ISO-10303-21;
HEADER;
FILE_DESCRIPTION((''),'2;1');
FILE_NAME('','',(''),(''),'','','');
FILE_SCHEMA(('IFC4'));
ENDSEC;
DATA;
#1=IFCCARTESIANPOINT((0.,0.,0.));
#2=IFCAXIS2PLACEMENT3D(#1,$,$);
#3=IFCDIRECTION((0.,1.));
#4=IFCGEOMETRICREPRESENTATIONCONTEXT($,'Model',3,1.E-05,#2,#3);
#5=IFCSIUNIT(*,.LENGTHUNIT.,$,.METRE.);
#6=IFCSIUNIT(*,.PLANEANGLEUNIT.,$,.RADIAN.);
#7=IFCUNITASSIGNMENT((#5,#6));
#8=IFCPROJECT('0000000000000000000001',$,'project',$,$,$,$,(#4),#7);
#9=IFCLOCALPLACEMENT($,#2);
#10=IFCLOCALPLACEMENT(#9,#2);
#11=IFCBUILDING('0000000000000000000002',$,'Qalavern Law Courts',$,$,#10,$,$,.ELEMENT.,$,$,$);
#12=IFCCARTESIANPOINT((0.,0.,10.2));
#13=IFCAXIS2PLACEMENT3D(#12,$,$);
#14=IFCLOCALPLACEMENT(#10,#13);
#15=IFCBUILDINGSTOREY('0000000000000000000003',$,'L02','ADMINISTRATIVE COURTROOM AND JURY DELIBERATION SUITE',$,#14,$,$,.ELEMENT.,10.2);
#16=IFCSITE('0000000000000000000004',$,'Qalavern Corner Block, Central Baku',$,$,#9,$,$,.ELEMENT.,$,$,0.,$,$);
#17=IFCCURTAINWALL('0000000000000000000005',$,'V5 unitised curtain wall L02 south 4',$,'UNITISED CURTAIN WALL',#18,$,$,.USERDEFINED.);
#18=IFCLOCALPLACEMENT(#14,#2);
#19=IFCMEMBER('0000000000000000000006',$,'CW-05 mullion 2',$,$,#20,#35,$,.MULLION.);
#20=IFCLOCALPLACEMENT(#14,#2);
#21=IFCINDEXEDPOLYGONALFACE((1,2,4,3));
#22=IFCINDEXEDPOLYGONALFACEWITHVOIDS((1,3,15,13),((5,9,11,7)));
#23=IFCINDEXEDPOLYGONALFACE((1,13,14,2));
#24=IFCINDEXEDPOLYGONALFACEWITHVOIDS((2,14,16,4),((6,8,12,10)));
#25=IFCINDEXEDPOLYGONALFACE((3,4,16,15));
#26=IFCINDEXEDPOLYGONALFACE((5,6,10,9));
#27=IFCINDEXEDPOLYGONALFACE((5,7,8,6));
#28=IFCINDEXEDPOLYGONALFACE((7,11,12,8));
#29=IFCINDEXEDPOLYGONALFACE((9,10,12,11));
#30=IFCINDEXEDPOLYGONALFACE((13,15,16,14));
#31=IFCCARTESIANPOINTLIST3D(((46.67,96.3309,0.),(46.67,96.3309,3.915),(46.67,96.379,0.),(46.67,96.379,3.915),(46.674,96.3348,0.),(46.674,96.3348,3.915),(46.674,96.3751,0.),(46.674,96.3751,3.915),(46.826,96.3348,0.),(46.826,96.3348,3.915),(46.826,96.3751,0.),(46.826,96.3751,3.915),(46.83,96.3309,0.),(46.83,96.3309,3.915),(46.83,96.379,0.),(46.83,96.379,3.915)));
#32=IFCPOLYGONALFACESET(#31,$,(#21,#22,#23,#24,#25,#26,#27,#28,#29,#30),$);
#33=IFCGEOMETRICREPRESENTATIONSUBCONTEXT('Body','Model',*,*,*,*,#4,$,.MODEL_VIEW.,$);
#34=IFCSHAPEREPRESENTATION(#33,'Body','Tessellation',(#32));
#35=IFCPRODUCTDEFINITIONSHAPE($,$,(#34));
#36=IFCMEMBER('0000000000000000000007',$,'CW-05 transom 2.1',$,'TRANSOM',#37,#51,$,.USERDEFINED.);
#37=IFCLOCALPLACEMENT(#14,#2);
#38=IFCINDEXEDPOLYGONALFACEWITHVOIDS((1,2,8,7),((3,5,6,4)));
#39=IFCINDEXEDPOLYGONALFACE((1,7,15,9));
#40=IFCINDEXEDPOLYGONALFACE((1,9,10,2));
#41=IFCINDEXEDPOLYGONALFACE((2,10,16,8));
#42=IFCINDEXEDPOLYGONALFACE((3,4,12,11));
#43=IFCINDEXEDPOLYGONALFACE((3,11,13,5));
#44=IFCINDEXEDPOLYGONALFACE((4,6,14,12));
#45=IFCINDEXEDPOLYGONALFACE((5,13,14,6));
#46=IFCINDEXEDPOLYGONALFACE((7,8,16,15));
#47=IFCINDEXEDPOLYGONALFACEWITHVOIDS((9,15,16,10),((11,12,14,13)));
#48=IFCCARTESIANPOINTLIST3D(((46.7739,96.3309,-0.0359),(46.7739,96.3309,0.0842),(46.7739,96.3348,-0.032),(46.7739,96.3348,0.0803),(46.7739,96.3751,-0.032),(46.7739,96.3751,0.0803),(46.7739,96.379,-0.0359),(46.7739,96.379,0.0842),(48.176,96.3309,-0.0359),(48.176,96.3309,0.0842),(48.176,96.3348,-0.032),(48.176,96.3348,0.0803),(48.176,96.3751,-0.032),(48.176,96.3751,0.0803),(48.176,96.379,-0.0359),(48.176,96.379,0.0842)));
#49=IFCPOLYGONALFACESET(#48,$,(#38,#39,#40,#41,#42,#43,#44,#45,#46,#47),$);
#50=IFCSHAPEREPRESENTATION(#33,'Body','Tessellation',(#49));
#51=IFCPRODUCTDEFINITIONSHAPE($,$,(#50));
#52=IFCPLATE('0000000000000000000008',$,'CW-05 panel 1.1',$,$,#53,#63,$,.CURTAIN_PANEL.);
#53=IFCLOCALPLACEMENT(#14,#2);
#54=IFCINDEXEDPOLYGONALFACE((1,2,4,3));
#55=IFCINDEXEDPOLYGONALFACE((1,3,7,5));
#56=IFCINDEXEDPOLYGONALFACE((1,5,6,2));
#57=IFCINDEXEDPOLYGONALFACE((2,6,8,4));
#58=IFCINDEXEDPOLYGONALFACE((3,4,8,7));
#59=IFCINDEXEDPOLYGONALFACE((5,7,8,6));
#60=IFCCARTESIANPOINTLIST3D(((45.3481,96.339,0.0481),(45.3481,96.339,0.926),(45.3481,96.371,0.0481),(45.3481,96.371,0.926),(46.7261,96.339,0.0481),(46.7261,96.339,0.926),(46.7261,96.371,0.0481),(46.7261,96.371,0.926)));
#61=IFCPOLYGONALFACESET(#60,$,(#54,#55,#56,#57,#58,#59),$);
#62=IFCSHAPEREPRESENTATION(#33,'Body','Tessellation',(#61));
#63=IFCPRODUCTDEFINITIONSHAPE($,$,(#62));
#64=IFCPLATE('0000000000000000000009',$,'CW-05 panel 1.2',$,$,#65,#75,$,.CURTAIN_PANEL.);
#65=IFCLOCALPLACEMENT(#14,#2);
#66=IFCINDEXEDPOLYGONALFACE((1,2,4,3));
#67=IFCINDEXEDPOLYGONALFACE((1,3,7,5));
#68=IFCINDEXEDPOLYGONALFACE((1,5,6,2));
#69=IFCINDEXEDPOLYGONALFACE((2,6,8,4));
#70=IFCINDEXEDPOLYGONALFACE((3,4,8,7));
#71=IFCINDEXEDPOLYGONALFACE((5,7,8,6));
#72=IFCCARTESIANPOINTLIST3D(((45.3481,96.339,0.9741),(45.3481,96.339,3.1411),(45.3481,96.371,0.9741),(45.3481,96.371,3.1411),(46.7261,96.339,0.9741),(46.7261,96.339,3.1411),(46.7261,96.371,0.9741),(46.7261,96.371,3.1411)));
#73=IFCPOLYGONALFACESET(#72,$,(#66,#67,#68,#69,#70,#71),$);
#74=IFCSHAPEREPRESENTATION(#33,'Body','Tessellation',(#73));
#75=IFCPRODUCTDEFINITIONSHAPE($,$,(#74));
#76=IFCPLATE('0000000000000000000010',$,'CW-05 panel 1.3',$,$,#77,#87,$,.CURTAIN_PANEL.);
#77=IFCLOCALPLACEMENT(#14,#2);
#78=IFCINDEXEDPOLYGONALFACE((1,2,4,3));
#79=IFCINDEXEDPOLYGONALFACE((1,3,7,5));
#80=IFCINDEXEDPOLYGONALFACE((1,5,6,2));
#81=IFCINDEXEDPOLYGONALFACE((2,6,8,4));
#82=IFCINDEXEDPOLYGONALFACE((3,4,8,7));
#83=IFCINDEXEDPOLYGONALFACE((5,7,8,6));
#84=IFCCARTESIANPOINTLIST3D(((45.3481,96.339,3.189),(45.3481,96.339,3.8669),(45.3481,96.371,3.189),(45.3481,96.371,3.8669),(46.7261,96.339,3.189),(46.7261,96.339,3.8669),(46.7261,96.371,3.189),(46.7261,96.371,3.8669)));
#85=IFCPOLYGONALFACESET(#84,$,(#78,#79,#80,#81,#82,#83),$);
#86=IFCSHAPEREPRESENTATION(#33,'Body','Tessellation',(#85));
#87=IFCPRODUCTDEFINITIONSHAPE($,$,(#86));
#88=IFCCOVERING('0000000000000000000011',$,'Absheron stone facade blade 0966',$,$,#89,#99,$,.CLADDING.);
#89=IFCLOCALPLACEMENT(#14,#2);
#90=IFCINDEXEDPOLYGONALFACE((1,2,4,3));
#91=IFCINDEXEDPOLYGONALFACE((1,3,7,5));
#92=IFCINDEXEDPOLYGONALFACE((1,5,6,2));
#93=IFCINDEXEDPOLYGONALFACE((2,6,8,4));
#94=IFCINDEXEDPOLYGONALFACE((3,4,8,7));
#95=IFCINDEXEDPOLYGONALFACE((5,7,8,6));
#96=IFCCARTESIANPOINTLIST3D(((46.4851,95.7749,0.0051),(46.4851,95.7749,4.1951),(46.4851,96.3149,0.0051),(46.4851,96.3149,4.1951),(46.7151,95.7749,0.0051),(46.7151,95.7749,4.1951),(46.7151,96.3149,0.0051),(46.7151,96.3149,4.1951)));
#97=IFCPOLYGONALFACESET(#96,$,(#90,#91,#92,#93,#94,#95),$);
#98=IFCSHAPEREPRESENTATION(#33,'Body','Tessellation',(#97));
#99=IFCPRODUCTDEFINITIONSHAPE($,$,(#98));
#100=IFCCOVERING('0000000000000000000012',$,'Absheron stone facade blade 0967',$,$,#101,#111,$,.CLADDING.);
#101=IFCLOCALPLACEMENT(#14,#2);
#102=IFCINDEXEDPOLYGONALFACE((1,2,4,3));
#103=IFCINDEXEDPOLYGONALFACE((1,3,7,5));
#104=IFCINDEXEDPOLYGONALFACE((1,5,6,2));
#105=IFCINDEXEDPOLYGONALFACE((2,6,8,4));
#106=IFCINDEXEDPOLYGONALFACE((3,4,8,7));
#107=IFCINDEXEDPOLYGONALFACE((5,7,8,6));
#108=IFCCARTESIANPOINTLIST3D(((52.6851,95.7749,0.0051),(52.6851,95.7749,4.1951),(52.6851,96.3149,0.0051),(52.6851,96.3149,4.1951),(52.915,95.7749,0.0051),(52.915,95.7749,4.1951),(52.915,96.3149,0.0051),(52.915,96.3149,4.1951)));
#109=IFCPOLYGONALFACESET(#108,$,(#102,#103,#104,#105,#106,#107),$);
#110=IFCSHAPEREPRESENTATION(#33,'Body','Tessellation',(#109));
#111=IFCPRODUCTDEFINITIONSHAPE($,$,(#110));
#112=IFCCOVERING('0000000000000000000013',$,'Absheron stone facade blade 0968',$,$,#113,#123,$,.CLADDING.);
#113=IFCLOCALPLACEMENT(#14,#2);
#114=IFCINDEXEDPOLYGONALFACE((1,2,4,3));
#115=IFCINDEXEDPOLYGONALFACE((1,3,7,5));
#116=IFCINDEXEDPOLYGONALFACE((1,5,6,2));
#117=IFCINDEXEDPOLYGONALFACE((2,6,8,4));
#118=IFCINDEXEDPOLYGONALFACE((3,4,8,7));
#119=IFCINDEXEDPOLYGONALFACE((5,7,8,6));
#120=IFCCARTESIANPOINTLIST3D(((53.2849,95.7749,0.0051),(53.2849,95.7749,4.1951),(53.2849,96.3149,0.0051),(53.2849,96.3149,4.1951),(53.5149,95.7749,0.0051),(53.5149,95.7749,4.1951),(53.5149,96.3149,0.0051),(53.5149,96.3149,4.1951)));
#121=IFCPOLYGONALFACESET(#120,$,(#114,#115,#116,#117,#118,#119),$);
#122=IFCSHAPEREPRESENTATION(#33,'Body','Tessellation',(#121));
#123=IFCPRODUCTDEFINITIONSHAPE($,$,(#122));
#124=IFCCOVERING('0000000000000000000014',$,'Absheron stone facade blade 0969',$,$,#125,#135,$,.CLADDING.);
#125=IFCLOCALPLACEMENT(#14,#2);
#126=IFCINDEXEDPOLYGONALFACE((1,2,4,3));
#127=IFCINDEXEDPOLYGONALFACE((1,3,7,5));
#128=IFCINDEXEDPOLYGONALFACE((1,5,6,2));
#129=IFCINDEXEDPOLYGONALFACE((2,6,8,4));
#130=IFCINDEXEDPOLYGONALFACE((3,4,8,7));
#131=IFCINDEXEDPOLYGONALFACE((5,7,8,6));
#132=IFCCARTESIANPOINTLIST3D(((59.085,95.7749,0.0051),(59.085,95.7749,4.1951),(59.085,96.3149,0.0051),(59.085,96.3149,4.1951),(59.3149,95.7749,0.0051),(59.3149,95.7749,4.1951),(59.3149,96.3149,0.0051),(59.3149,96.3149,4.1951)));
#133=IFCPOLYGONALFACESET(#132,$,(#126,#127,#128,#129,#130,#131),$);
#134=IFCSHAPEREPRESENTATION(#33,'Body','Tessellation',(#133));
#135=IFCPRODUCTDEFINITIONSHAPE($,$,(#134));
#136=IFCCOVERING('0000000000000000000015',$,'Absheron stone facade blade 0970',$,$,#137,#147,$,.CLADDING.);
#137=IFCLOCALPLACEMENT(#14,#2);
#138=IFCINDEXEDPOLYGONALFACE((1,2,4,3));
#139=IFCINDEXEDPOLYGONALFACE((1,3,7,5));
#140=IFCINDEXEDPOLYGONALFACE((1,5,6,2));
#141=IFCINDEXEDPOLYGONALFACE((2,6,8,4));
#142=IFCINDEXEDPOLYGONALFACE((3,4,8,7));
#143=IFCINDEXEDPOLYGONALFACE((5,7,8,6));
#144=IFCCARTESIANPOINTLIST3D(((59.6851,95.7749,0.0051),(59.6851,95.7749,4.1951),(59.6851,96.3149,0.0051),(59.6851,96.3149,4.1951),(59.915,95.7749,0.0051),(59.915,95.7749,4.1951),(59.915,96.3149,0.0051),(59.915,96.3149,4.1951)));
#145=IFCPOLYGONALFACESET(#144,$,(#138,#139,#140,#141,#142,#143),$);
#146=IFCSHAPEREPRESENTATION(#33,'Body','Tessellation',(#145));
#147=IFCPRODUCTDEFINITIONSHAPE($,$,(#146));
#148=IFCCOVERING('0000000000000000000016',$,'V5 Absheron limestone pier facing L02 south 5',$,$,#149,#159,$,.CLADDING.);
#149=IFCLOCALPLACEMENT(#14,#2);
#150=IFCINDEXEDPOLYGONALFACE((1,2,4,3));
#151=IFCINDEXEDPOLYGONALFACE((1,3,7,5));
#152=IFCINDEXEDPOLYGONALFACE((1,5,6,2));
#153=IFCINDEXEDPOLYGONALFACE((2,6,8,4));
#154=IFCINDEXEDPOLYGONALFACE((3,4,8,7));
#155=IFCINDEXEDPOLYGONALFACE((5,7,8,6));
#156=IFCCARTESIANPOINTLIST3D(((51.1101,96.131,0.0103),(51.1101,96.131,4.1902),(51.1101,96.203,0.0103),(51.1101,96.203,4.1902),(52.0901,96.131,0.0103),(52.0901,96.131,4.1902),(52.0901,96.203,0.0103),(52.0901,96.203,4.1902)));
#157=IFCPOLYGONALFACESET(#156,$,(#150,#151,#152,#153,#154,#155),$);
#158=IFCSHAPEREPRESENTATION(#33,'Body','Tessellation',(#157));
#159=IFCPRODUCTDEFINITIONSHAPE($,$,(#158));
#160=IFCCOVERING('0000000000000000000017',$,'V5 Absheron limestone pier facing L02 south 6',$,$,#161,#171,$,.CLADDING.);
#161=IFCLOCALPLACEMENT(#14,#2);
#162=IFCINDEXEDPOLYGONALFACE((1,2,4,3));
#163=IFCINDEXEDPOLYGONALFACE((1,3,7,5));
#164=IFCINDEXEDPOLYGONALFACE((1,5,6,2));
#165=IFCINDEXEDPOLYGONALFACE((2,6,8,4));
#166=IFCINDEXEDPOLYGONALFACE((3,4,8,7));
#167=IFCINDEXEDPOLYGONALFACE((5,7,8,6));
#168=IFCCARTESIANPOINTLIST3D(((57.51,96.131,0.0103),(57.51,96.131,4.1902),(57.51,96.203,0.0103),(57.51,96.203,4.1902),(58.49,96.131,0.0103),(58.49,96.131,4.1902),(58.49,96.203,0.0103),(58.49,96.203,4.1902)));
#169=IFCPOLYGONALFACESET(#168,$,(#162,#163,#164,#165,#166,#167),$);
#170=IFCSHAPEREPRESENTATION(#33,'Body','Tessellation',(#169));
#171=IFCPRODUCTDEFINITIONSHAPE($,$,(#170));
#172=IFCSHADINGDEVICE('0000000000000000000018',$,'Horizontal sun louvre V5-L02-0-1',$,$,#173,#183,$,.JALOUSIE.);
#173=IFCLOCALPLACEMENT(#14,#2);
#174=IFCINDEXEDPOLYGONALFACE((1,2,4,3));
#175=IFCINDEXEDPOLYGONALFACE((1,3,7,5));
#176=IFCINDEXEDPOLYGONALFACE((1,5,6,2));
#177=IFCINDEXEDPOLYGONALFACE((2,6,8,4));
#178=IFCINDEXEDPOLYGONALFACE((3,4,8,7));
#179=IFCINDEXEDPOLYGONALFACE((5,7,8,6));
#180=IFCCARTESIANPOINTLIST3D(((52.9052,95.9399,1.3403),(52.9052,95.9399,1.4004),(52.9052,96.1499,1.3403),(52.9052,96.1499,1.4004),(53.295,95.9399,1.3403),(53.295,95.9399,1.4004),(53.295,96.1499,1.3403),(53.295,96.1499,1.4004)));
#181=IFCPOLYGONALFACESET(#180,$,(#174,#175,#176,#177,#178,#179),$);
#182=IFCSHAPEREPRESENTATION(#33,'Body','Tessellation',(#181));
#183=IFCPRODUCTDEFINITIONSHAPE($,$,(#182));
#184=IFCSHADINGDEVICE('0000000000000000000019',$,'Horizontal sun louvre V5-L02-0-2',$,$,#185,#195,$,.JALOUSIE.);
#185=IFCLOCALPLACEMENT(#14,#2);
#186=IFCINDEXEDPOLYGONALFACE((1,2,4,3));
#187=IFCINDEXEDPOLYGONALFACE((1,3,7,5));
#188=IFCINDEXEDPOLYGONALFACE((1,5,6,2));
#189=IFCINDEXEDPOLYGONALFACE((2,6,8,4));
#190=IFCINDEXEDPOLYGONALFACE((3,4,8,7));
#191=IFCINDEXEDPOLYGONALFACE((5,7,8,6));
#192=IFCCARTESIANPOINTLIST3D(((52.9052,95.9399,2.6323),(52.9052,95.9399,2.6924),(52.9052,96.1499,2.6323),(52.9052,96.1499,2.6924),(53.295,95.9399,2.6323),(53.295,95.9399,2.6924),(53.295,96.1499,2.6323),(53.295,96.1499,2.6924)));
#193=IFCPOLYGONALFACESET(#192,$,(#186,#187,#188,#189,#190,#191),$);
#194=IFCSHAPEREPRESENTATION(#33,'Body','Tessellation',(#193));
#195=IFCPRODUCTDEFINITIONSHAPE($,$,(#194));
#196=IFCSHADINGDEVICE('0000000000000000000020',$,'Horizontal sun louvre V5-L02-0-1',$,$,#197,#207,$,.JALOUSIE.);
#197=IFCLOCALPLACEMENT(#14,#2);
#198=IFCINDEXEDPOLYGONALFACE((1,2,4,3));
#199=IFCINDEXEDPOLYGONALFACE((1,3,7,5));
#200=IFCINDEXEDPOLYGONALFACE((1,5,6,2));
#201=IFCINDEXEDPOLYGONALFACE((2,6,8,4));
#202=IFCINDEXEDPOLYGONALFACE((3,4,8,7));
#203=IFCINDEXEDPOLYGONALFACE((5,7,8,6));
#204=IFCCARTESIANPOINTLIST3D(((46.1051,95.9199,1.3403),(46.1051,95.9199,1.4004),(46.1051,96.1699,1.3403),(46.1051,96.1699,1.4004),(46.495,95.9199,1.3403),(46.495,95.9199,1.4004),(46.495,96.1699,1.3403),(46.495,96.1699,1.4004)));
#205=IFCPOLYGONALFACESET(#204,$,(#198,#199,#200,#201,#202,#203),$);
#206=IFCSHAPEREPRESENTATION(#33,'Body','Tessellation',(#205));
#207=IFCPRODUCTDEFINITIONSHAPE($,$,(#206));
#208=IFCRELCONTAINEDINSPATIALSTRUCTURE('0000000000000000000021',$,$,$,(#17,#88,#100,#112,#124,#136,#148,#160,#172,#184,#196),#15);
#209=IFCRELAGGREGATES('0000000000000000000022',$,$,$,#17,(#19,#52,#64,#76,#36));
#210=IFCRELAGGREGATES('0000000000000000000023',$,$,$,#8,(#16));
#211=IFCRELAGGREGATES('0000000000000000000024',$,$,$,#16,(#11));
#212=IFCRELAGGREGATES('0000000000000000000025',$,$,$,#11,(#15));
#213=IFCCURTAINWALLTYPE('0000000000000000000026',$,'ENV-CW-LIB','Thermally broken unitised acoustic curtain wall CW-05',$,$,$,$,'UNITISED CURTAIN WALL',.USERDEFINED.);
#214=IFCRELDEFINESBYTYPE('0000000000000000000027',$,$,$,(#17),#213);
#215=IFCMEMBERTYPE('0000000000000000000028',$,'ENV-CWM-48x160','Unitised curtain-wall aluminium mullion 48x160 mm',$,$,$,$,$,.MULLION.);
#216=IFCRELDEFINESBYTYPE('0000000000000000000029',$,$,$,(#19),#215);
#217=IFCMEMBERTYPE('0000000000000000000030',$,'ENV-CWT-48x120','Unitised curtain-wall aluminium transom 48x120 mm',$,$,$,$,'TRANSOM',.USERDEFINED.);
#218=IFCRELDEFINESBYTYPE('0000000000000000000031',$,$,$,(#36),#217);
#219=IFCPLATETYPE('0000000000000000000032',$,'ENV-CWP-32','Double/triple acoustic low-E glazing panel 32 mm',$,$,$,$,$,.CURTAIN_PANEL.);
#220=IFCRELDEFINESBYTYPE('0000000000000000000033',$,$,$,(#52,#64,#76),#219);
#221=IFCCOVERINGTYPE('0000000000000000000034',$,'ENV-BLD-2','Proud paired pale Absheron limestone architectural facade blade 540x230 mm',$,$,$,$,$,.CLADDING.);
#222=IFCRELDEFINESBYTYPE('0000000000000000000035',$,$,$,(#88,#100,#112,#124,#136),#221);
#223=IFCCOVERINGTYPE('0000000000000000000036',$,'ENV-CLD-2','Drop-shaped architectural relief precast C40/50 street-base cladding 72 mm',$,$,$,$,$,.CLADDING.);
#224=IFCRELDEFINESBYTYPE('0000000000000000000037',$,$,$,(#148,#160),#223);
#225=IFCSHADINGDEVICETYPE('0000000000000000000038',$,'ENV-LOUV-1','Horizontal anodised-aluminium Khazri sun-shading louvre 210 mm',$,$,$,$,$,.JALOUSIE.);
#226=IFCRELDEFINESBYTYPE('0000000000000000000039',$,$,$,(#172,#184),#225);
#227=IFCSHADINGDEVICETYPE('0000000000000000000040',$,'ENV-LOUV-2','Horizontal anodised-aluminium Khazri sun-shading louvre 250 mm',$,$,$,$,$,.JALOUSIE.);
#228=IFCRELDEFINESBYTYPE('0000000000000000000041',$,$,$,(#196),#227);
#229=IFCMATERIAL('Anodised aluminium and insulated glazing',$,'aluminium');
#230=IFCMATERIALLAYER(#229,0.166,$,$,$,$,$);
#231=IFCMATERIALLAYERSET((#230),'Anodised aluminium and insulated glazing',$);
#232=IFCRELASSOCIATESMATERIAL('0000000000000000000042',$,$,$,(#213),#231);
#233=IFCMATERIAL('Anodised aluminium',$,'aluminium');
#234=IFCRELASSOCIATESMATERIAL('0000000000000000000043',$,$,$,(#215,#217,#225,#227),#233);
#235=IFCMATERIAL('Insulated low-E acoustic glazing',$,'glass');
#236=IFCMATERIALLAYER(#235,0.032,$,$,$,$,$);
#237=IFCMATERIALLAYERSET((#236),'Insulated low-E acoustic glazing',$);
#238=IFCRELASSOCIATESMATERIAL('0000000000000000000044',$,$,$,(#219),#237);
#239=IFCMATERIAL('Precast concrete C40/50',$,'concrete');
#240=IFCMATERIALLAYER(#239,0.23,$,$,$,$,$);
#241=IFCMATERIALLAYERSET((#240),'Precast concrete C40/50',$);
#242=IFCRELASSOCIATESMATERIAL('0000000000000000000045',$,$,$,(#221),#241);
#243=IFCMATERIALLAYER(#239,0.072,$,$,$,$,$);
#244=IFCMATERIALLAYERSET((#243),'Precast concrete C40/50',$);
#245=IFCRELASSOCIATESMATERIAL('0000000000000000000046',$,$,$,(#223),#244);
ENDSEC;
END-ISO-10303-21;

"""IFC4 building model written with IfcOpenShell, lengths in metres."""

from ifc_helpers import new_model, si_unit, direction, frame, origin, origin_2d, place, context, subcontext, project, spatial, rectangle, hollow_rectangle, extrude, material, layer, layer_set, material_profile, profile_set, type_object, element, aggregate, save


model = new_model("IFC4")

# Units and contexts
model_context = context("Model", 3, precision=1e-05, world=origin(), true_north=direction((0.0, 1.0)))
body_context = subcontext(model_context, "Body", "Model", "MODEL_VIEW")
ifc_project = project(units=[si_unit("LENGTHUNIT", "METRE"), si_unit("PLANEANGLEUNIT", "RADIAN")], contexts=[model_context])

# Site, building, storey
site_placement = place(None, origin())
site = spatial("IfcSite", under=ifc_project, at=site_placement, Name="Qalavern Corner Block, Central Baku", CompositionType="ELEMENT", RefElevation=0.0)
building_placement = place(site_placement, origin())
building = spatial("IfcBuilding", under=site, at=building_placement, Name="Qalavern Law Courts", CompositionType="ELEMENT")
storey_placement = place(building_placement, frame((0.0, 0.0, 10.2)))
storey = spatial("IfcBuildingStorey", under=building, at=storey_placement, Name="L02", Description="ADMINISTRATIVE COURTROOM AND JURY DELIBERATION SUITE", CompositionType="ELEMENT", Elevation=10.2)

# Curtain wall, members, plates
ifc_material_1 = material(Name="Anodised aluminium and insulated glazing", Category="aluminium")
ifc_layer_1 = layer(ifc_material_1, 0.166)
ifc_layer_set_1 = layer_set([ifc_layer_1], Name="Anodised aluminium and insulated glazing")
curtain_wall_type = type_object("IfcCurtainWallType", Name="ENV-CW-LIB", Description="Thermally broken unitised acoustic curtain wall CW-05", ElementType="UNITISED CURTAIN WALL", PredefinedType="USERDEFINED", material=ifc_layer_set_1)
curtain_wall_placement = place(storey_placement, origin())
curtain_wall = element("IfcCurtainWall", 1, at=curtain_wall_placement, inside=storey, type_object=curtain_wall_type, Name="V5 unitised curtain wall L02 south 4", ObjectType="UNITISED CURTAIN WALL", PredefinedType="USERDEFINED")
ifc_material_2 = material(Name="Anodised aluminium", Category="aluminium")
ifc_material_profile_1 = material_profile(ifc_material_2, hollow_rectangle(XDim=0.0481, YDim=0.1599, WallThickness=0.0039, at=origin_2d()), Name="ALU MULLION 48x160")
ifc_profile_set_1 = profile_set([ifc_material_profile_1], Name="Anodised aluminium")
member_type_1 = type_object("IfcMemberType", Name="ENV-CWM-48x160", Description="Unitised curtain-wall aluminium mullion 48x160 mm", PredefinedType="MULLION", material=ifc_profile_set_1)
member_1_placement = place(storey_placement, frame((46.75, 96.355, 0.0), z_axis=(0.0, 0.0, 1.0), x_axis=(0.0, 1.0, 0.0)))
member_1 = element("IfcMember", 2, at=member_1_placement, type_object=member_type_1, Name="CW-05 mullion 2", PredefinedType="MULLION", context=body_context, shape_type="SweptSolid", body=[
    extrude(hollow_rectangle(XDim=0.0481, YDim=0.1599, WallThickness=0.0039, at=origin_2d()), origin(), (0.0, 0.0, 1.0), 3.915),
])
ifc_material_profile_2 = material_profile(ifc_material_2, hollow_rectangle(XDim=0.0481, YDim=0.1201, WallThickness=0.0039, at=origin_2d()), Name="ALU TRANSOM 48x120")
ifc_profile_set_2 = profile_set([ifc_material_profile_2], Name="Anodised aluminium")
member_type_2 = type_object("IfcMemberType", Name="ENV-CWT-48x120", Description="Unitised curtain-wall aluminium transom 48x120 mm", ElementType="TRANSOM", PredefinedType="USERDEFINED", material=ifc_profile_set_2)
member_2_placement = place(storey_placement, frame((46.7739, 96.355, 0.0242), z_axis=(1.0, 0.0, 0.0), x_axis=(0.0, 1.0, 0.0)))
member_2 = element("IfcMember", 3, at=member_2_placement, type_object=member_type_2, Name="CW-05 transom 2.1", ObjectType="TRANSOM", PredefinedType="USERDEFINED", context=body_context, shape_type="SweptSolid", body=[
    extrude(hollow_rectangle(XDim=0.0481, YDim=0.1201, WallThickness=0.0039, at=origin_2d()), origin(), (0.0, 0.0, 1.0), 1.4021),
])
ifc_material_3 = material(Name="Insulated low-E acoustic glazing", Category="glass")
ifc_layer_2 = layer(ifc_material_3, 0.032)
ifc_layer_set_2 = layer_set([ifc_layer_2], Name="Insulated low-E acoustic glazing")
plate_type = type_object("IfcPlateType", Name="ENV-CWP-32", Description="Double/triple acoustic low-E glazing panel 32 mm", PredefinedType="CURTAIN_PANEL", material=ifc_layer_set_2)
plate_1_placement = place(storey_placement, frame((46.0371, 96.355, 0.0481), z_axis=(0.0, 0.0, 1.0), x_axis=(1.0, 0.0, 0.0)))
plate_1 = element("IfcPlate", 4, at=plate_1_placement, type_object=plate_type, Name="CW-05 panel 1.1", PredefinedType="CURTAIN_PANEL", context=body_context, shape_type="SweptSolid", body=[
    extrude(rectangle(XDim=1.3779, YDim=0.032, at=origin_2d()), origin(), (0.0, 0.0, 1.0), 0.8779),
])
plate_2_placement = place(storey_placement, frame((46.0371, 96.355, 0.9741), z_axis=(0.0, 0.0, 1.0), x_axis=(1.0, 0.0, 0.0)))
plate_2 = element("IfcPlate", 5, at=plate_2_placement, type_object=plate_type, Name="CW-05 panel 1.2", PredefinedType="CURTAIN_PANEL", context=body_context, shape_type="SweptSolid", body=[
    extrude(rectangle(XDim=1.3779, YDim=0.032, at=origin_2d()), origin(), (0.0, 0.0, 1.0), 2.167),
])
plate_3_placement = place(storey_placement, frame((46.0371, 96.355, 3.189), z_axis=(0.0, 0.0, 1.0), x_axis=(1.0, 0.0, 0.0)))
plate_3 = element("IfcPlate", 6, at=plate_3_placement, type_object=plate_type, Name="CW-05 panel 1.3", PredefinedType="CURTAIN_PANEL", context=body_context, shape_type="SweptSolid", body=[
    extrude(rectangle(XDim=1.3779, YDim=0.032, at=origin_2d()), origin(), (0.0, 0.0, 1.0), 0.678),
])
aggregate(curtain_wall, [member_1, plate_1, plate_2, plate_3, member_2])

# Coverings
ifc_material_4 = material(Name="Precast concrete C40/50", Category="concrete")
ifc_layer_3 = layer(ifc_material_4, 0.23)
ifc_layer_set_3 = layer_set([ifc_layer_3], Name="Precast concrete C40/50")
covering_type_1 = type_object("IfcCoveringType", Name="ENV-BLD-2", Description="Proud paired pale Absheron limestone architectural facade blade 540x230 mm", PredefinedType="CLADDING", material=ifc_layer_set_3)
for number, where, z_axis, x_axis, name in (
    (7, (46.6001, 96.0449, 0.0051), (0.0, 0.0, 1.0), (0.0, -1.0, 0.0), "Absheron stone facade blade 0966"),
    (8, (52.8, 96.0449, 0.0051), (0.0, 0.0, 1.0), (0.0, -1.0, 0.0), "Absheron stone facade blade 0967"),
    (9, (53.3999, 96.0449, 0.0051), (0.0, 0.0, 1.0), (0.0, -1.0, 0.0), "Absheron stone facade blade 0968"),
    (10, (59.2, 96.0449, 0.0051), (0.0, 0.0, 1.0), (0.0, -1.0, 0.0), "Absheron stone facade blade 0969"),
    (11, (59.8, 96.0449, 0.0051), (0.0, 0.0, 1.0), (0.0, -1.0, 0.0), "Absheron stone facade blade 0970"),
):
    element("IfcCovering", number, at=place(storey_placement, frame(where, z_axis=z_axis, x_axis=x_axis)), inside=storey, type_object=covering_type_1, Name=name, PredefinedType="CLADDING", context=body_context, shape_type="SweptSolid", body=[
        extrude(rectangle(XDim=0.54, YDim=0.23, at=origin_2d()), origin(), (0.0, 0.0, 1.0), 4.1899),
    ])
ifc_layer_4 = layer(ifc_material_4, 0.072)
ifc_layer_set_4 = layer_set([ifc_layer_4], Name="Precast concrete C40/50")
covering_type_2 = type_object("IfcCoveringType", Name="ENV-CLD-2", Description="Drop-shaped architectural relief precast C40/50 street-base cladding 72 mm", PredefinedType="CLADDING", material=ifc_layer_set_4)
for number, where, z_axis, x_axis, name in (
    (12, (51.6001, 96.167, 0.0103), (0.0, 0.0, 1.0), (1.0, 0.0, 0.0), "V5 Absheron limestone pier facing L02 south 5"),
    (13, (58.0, 96.167, 0.0103), (0.0, 0.0, 1.0), (1.0, 0.0, 0.0), "V5 Absheron limestone pier facing L02 south 6"),
):
    element("IfcCovering", number, at=place(storey_placement, frame(where, z_axis=z_axis, x_axis=x_axis)), inside=storey, type_object=covering_type_2, Name=name, PredefinedType="CLADDING", context=body_context, shape_type="SweptSolid", body=[
        extrude(rectangle(XDim=0.98, YDim=0.072, at=origin_2d()), origin(), (0.0, 0.0, 1.0), 4.1799),
    ])

# Shading devices
shading_device_type_1 = type_object("IfcShadingDeviceType", Name="ENV-LOUV-1", Description="Horizontal anodised-aluminium Khazri sun-shading louvre 210 mm", PredefinedType="JALOUSIE", material=ifc_material_2)
for number, where, z_axis, x_axis, name in (
    (14, (53.1001, 96.0449, 1.3403), (0.0, 0.0, 1.0), (1.0, 0.0, 0.0), "Horizontal sun louvre V5-L02-0-1"),
    (15, (53.1001, 96.0449, 2.6323), (0.0, 0.0, 1.0), (1.0, 0.0, 0.0), "Horizontal sun louvre V5-L02-0-2"),
):
    element("IfcShadingDevice", number, at=place(storey_placement, frame(where, z_axis=z_axis, x_axis=x_axis)), inside=storey, type_object=shading_device_type_1, Name=name, PredefinedType="JALOUSIE", context=body_context, shape_type="SweptSolid", body=[
        extrude(rectangle(XDim=0.3899, YDim=0.21, at=origin_2d()), origin(), (0.0, 0.0, 1.0), 0.0601),
    ])
shading_device_type_2 = type_object("IfcShadingDeviceType", Name="ENV-LOUV-2", Description="Horizontal anodised-aluminium Khazri sun-shading louvre 250 mm", PredefinedType="JALOUSIE", material=ifc_material_2)
for number, where, z_axis, x_axis, name in (
    (16, (46.3, 96.0449, 1.3403), (0.0, 0.0, 1.0), (1.0, 0.0, 0.0), "Horizontal sun louvre V5-L02-0-1"),
):
    element("IfcShadingDevice", number, at=place(storey_placement, frame(where, z_axis=z_axis, x_axis=x_axis)), inside=storey, type_object=shading_device_type_2, Name=name, PredefinedType="JALOUSIE", context=body_context, shape_type="SweptSolid", body=[
        extrude(rectangle(XDim=0.3899, YDim=0.25, at=origin_2d()), origin(), (0.0, 0.0, 1.0), 0.0601),
    ])

save(model, "model.ifc")
